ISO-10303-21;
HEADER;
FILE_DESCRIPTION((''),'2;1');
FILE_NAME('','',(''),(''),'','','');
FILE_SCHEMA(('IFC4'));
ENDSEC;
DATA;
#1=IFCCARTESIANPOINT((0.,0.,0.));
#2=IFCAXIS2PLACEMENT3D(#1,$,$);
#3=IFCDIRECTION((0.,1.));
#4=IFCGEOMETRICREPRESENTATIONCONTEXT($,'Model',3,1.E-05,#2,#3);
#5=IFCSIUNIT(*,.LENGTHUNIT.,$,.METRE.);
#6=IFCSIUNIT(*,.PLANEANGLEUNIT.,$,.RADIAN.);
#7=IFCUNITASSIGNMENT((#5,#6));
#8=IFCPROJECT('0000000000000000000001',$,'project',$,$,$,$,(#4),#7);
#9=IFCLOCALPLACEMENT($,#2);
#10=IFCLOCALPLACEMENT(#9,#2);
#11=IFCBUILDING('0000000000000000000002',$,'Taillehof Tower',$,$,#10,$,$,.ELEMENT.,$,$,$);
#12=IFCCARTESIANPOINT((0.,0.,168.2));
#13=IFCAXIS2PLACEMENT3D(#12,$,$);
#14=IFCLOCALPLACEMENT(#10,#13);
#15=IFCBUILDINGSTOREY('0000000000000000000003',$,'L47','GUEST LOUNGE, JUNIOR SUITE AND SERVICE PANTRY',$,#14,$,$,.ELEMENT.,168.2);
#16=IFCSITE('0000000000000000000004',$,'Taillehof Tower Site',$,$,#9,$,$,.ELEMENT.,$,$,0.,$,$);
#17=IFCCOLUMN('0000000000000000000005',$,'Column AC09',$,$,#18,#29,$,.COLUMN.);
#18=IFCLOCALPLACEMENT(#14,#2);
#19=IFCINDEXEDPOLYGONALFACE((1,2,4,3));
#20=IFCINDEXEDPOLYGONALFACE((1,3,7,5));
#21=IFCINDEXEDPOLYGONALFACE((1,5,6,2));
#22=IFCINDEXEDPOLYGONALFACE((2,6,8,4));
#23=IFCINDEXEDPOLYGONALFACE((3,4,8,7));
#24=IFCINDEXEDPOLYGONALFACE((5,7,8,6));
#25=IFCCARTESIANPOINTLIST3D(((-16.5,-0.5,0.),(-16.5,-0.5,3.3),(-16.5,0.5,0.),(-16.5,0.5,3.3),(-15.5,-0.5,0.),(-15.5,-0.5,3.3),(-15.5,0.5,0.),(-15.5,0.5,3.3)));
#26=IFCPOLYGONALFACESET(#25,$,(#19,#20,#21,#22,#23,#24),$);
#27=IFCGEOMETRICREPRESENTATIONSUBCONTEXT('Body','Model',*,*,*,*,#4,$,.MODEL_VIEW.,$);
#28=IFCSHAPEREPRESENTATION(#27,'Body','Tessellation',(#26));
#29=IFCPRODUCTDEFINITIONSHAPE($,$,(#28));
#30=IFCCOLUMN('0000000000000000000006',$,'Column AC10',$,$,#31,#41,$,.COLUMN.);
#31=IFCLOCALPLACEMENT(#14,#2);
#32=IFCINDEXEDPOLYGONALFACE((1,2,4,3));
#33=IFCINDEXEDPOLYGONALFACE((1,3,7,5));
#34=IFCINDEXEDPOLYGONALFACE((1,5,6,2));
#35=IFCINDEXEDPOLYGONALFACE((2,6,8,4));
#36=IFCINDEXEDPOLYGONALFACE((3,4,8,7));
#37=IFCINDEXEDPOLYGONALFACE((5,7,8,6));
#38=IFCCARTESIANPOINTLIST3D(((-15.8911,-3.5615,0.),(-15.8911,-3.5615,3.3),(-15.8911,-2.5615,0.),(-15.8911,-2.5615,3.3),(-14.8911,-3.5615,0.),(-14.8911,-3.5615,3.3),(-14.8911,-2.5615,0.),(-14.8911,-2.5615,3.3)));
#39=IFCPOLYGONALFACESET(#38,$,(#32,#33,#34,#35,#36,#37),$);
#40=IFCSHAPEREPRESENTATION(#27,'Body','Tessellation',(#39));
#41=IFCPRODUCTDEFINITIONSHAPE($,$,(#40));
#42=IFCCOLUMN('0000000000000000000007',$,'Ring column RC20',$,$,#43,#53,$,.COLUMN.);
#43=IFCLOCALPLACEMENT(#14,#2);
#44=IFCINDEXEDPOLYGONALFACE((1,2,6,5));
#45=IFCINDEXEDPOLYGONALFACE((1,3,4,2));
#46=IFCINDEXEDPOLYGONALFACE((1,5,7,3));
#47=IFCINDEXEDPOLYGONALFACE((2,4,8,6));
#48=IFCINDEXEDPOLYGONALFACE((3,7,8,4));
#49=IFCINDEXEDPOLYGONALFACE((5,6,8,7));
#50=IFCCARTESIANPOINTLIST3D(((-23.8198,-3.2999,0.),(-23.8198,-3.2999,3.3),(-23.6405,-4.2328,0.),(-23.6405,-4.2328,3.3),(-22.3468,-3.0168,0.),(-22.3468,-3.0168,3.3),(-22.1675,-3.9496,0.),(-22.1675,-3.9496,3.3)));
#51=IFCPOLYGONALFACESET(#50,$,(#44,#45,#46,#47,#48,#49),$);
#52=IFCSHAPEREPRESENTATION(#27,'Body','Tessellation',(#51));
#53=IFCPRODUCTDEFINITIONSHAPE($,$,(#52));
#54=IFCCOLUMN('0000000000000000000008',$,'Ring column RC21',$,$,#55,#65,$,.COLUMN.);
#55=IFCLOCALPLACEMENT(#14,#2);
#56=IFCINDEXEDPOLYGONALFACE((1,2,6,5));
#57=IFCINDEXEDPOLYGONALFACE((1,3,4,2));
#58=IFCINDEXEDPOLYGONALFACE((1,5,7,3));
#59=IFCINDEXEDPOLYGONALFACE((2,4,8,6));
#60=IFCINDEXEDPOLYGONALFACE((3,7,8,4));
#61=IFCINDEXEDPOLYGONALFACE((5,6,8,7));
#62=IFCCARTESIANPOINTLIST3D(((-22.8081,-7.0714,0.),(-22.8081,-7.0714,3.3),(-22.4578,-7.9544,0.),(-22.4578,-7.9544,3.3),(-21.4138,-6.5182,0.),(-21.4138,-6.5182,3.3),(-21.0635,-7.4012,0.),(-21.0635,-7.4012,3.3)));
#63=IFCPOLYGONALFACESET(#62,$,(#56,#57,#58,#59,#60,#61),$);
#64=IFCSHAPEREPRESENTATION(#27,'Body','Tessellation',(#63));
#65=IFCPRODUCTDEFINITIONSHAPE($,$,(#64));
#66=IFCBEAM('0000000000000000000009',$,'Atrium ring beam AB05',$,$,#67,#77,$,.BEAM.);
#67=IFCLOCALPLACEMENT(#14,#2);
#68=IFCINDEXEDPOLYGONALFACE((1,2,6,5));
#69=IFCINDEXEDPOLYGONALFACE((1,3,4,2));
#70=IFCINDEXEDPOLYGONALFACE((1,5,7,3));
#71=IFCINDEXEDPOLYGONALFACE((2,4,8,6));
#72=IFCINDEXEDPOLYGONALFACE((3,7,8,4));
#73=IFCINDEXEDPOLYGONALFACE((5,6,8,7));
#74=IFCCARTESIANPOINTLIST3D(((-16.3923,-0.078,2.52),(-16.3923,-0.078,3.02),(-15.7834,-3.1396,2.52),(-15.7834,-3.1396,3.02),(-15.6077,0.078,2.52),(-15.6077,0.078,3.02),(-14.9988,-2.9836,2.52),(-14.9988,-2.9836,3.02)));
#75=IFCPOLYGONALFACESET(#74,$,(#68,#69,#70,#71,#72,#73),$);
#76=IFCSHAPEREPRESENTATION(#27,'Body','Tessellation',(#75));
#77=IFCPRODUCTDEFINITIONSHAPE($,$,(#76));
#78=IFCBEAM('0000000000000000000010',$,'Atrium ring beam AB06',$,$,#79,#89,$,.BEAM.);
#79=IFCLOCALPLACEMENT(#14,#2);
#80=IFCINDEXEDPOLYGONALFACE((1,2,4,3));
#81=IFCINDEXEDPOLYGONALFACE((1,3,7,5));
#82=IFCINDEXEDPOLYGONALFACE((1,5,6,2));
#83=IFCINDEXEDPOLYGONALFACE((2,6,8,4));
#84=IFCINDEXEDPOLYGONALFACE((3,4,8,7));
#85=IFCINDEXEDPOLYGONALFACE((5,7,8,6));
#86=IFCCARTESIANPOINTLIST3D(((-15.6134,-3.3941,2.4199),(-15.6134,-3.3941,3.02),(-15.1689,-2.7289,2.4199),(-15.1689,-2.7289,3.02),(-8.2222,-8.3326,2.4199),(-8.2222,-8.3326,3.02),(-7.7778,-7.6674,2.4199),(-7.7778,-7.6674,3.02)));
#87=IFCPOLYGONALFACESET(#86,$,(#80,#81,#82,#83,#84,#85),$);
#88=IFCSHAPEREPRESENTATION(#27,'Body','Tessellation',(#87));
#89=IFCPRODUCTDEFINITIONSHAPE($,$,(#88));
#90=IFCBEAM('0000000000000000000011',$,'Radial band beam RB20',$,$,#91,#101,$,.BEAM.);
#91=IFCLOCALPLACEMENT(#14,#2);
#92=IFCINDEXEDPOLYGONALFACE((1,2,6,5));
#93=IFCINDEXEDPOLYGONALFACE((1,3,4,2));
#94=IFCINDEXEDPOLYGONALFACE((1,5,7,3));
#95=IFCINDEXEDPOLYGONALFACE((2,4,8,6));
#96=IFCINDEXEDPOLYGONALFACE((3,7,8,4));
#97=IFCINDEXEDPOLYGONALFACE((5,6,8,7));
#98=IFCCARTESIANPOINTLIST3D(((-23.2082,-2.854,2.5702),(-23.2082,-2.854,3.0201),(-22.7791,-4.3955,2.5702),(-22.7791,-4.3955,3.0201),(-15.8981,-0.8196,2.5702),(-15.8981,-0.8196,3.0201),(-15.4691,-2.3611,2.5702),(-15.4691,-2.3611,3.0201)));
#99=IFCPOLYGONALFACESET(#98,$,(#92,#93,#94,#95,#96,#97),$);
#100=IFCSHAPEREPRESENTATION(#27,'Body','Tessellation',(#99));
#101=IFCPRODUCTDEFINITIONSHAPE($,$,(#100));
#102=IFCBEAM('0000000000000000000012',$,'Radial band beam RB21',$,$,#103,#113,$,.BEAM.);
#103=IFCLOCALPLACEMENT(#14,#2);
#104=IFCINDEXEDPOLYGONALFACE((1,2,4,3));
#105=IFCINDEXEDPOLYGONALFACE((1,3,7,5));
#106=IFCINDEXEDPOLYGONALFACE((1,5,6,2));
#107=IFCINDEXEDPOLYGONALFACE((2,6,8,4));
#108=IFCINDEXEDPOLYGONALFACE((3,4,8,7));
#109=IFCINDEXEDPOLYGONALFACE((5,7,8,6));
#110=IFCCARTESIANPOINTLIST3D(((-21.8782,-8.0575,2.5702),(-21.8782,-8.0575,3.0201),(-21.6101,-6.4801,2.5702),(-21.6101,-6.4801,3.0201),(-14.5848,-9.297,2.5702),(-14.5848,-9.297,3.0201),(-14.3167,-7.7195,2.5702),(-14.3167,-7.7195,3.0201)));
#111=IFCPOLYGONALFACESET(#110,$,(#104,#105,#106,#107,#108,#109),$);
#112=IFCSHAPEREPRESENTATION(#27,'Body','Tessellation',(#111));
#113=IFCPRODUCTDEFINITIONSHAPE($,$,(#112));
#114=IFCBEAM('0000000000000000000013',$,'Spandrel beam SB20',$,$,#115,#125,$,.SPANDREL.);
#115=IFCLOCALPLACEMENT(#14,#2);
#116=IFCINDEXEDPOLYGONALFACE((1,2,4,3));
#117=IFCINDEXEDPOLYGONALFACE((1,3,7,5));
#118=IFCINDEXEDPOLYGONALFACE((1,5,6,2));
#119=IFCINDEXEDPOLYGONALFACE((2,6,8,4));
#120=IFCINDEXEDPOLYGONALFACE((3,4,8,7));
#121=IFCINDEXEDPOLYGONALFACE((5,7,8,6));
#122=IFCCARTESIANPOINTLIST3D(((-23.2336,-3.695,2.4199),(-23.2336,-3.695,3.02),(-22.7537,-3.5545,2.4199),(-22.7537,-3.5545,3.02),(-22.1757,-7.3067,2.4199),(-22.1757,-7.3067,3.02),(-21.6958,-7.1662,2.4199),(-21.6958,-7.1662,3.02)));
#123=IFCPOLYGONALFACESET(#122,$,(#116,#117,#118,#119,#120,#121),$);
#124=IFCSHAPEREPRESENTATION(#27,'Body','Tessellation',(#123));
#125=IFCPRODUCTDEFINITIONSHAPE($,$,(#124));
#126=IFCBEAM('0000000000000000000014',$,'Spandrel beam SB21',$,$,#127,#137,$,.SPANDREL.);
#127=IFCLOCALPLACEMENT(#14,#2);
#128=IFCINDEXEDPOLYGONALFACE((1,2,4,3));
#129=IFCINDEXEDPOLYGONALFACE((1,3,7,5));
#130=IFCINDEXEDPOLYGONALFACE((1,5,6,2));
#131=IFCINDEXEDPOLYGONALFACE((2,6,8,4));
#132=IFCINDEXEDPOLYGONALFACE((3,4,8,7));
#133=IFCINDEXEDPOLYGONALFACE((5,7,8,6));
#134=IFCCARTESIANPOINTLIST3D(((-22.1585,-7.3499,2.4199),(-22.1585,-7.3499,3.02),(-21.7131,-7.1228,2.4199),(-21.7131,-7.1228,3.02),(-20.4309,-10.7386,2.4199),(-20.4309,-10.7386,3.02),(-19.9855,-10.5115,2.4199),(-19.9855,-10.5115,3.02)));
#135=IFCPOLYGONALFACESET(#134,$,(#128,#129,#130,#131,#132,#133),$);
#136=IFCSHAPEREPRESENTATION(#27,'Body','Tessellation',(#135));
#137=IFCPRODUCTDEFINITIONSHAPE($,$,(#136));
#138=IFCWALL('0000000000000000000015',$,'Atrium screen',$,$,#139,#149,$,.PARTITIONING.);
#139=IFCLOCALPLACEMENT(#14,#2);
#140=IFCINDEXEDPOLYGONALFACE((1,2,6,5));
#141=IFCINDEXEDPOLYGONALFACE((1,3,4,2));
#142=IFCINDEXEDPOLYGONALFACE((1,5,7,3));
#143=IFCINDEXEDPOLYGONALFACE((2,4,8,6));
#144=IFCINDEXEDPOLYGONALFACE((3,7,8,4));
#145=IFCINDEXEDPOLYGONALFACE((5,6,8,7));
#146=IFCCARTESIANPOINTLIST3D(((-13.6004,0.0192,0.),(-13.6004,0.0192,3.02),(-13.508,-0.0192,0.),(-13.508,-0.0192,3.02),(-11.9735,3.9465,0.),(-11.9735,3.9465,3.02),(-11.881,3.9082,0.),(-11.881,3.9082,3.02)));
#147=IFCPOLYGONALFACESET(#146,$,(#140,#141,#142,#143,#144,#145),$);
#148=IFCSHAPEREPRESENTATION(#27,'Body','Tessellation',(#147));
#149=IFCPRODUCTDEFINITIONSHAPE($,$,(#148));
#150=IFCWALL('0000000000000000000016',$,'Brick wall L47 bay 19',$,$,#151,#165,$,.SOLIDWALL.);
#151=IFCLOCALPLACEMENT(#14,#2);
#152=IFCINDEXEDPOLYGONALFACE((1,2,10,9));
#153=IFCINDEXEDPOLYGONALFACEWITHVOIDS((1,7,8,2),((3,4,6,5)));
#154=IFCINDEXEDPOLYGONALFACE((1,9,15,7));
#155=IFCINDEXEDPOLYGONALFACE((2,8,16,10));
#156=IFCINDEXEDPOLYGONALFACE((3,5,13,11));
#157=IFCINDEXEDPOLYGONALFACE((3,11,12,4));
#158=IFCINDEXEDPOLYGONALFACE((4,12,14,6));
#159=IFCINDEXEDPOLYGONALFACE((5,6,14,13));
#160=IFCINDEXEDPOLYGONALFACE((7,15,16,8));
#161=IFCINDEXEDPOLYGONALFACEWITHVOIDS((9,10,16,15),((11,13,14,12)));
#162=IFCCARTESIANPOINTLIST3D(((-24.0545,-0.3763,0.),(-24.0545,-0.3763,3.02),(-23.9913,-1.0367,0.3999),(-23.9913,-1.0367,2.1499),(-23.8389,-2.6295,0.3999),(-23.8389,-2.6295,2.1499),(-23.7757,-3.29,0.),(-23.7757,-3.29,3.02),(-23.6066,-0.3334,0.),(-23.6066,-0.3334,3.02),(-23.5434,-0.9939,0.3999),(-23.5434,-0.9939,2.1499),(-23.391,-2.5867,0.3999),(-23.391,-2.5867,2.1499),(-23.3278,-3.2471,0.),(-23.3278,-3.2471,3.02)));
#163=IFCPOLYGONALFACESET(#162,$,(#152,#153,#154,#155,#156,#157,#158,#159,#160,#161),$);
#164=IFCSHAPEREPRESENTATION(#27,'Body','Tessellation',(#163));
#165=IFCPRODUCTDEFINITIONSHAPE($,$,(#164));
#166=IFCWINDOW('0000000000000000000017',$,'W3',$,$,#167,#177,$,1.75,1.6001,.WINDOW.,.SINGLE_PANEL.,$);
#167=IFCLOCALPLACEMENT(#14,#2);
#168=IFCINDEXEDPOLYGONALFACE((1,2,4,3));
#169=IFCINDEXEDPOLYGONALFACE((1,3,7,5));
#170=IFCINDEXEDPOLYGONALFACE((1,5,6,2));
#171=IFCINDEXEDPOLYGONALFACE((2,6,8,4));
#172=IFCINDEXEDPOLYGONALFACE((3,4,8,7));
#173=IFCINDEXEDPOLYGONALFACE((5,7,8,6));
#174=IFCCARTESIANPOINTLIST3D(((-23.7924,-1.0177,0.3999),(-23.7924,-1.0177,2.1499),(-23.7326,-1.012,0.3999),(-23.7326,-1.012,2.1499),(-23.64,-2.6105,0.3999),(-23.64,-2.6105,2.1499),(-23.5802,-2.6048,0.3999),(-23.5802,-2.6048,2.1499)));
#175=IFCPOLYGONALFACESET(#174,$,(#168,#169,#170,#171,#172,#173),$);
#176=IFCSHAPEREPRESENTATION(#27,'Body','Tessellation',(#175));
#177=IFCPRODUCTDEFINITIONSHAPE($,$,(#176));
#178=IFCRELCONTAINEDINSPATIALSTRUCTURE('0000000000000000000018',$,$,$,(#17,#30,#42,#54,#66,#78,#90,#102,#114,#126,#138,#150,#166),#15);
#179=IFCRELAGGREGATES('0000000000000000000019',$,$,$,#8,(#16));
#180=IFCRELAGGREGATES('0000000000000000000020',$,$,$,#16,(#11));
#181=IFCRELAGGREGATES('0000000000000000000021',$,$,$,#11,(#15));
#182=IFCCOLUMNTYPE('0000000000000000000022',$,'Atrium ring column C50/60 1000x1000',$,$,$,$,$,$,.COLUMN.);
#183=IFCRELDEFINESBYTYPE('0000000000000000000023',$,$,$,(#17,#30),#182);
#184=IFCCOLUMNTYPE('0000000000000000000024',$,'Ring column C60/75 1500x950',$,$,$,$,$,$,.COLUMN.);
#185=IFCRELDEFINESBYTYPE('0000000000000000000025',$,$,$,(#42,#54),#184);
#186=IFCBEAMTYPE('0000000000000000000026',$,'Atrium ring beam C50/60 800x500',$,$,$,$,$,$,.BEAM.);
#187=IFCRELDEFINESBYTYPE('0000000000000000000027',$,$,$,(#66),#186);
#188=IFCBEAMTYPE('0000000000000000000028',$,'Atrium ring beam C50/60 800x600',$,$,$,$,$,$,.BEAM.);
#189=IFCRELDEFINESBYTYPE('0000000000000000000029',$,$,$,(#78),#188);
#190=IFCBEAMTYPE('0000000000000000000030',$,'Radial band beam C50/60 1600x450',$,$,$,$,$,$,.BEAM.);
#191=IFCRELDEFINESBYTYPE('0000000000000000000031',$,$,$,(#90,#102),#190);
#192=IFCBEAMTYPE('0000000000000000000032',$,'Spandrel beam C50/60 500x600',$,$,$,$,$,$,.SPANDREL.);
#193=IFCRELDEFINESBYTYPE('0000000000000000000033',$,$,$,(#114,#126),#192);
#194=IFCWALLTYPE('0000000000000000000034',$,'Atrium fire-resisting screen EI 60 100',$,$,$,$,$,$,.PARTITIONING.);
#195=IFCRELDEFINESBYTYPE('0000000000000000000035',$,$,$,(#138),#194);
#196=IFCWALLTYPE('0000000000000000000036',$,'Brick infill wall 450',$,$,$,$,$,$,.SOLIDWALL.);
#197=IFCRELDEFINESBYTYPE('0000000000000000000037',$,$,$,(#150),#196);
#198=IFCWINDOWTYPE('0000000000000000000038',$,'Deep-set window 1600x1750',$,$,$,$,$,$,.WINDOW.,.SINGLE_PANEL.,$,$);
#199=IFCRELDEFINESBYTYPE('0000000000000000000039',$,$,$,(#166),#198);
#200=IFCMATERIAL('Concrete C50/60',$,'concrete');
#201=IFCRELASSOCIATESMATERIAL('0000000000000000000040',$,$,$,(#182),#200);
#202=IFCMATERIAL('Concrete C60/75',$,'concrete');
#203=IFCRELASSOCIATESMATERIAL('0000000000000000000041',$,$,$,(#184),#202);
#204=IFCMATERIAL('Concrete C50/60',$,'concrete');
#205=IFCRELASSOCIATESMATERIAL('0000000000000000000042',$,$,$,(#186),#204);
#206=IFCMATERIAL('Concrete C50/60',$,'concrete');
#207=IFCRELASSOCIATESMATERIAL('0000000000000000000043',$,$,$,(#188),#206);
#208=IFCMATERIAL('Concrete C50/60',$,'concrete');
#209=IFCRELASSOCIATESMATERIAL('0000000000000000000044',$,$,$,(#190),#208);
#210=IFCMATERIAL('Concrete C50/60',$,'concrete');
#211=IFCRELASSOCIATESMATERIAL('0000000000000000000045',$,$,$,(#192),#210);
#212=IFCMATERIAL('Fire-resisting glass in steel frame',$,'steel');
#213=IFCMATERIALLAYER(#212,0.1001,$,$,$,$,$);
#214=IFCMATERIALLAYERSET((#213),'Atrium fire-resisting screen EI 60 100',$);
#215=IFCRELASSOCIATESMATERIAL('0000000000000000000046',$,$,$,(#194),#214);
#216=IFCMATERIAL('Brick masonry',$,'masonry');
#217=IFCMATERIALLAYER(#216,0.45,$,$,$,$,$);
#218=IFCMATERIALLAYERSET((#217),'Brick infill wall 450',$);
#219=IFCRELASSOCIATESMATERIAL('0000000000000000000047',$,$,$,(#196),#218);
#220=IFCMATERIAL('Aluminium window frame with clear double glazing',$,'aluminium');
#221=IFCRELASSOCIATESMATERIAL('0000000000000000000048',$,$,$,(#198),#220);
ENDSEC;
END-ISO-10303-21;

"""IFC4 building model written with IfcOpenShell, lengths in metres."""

from ifc_helpers import new_model, si_unit, direction, frame, frame_2d, origin, origin_2d, place, context, subcontext, project, spatial, rectangle, extrude, material, layer, layer_set, material_profile, profile_set, type_object, element, fill, save


model = new_model("IFC4")

# Units and contexts
model_context = context("Model", 3, precision=1e-05, world=origin(), true_north=direction((0.0, 1.0)))
body_context = subcontext(model_context, "Body", "Model", "MODEL_VIEW")
ifc_project = project(units=[si_unit("LENGTHUNIT", "METRE"), si_unit("PLANEANGLEUNIT", "RADIAN")], contexts=[model_context])

# Site, building, storey
site_placement = place(None, origin())
site = spatial("IfcSite", under=ifc_project, at=site_placement, Name="Taillehof Tower Site", CompositionType="ELEMENT", RefElevation=0.0)
building_placement = place(site_placement, origin())
building = spatial("IfcBuilding", under=site, at=building_placement, Name="Taillehof Tower", CompositionType="ELEMENT")
storey_placement = place(building_placement, frame((0.0, 0.0, 168.2)))
storey = spatial("IfcBuildingStorey", under=building, at=storey_placement, Name="L47", Description="GUEST LOUNGE, JUNIOR SUITE AND SERVICE PANTRY", CompositionType="ELEMENT", Elevation=168.2)

# Columns
ifc_material_1 = material(Name="Concrete C50/60", Category="concrete")
ifc_material_profile_1 = material_profile(ifc_material_1, rectangle(XDim=1.0, YDim=1.0, at=origin_2d()), Name="RC 1000x1000")
ifc_profile_set_1 = profile_set([ifc_material_profile_1], Name="Concrete C50/60")
column_type_1 = type_object("IfcColumnType", Name="Atrium ring column C50/60 1000x1000", PredefinedType="COLUMN", material=ifc_profile_set_1)
for number, where, z_axis, x_axis, name in (
    (1, (-16.0, 0.0, 0.0), (0.0, 0.0, 1.0), (1.0, 0.0, 0.0), "Column AC09"),
    (2, (-15.3911, -3.0615, 0.0), (0.0, 0.0, 1.0), (1.0, 0.0, 0.0), "Column AC10"),
):
    element("IfcColumn", number, at=place(storey_placement, frame(where, z_axis=z_axis, x_axis=x_axis)), inside=storey, type_object=column_type_1, Name=name, PredefinedType="COLUMN", context=body_context, shape_type="SweptSolid", body=[
        extrude(rectangle(XDim=1.0, YDim=1.0, at=origin_2d()), origin(), (0.0, 0.0, 1.0), 3.3),
    ])
ifc_material_2 = material(Name="Concrete C60/75", Category="concrete")
ifc_material_profile_2 = material_profile(ifc_material_2, rectangle(XDim=1.5, YDim=0.95, at=origin_2d()), Name="RC 1500x950")
ifc_profile_set_2 = profile_set([ifc_material_profile_2], Name="Concrete C60/75")
column_type_2 = type_object("IfcColumnType", Name="Ring column C60/75 1500x950", PredefinedType="COLUMN", material=ifc_profile_set_2)
for number, where, z_axis, x_axis, name in (
    (3, (-22.9937, -3.6248, 0.0), (0.0, 0.0, 1.0), (-0.982024, -0.188757, 0.0), "Ring column RC20"),
    (4, (-21.9358, -7.2363, 0.0), (0.0, 0.0, 1.0), (-0.929511, -0.368793, 0.0), "Ring column RC21"),
):
    element("IfcColumn", number, at=place(storey_placement, frame(where, z_axis=z_axis, x_axis=x_axis)), inside=storey, type_object=column_type_2, Name=name, PredefinedType="COLUMN", context=body_context, shape_type="SweptSolid", body=[
        extrude(rectangle(XDim=1.5, YDim=0.95, at=origin_2d()), origin(), (0.0, 0.0, 1.0), 3.3),
    ])

# Beams
ifc_material_3 = material(Name="Concrete C50/60", Category="concrete")
ifc_material_profile_3 = material_profile(ifc_material_3, rectangle(XDim=0.8, YDim=0.5, at=origin_2d()), Name="RC 800x500")
ifc_profile_set_3 = profile_set([ifc_material_profile_3], Name="Concrete C50/60")
beam_type_1 = type_object("IfcBeamType", Name="Atrium ring beam C50/60 800x500", PredefinedType="BEAM", material=ifc_profile_set_3)
beam_1_placement = place(storey_placement, frame((-16.0, 0.0, 2.77), z_axis=(0.195063, -0.980791, 0.0), x_axis=(0.980791, 0.195063, 0.0)))
element("IfcBeam", 5, at=beam_1_placement, inside=storey, type_object=beam_type_1, Name="Atrium ring beam AB05", PredefinedType="BEAM", context=body_context, shape_type="SweptSolid", body=[
    extrude(rectangle(XDim=0.8, YDim=0.5, at=origin_2d()), origin(), (0.0, 0.0, 1.0), 3.1216),
])
ifc_material_4 = material(Name="Concrete C50/60", Category="concrete")
ifc_material_profile_4 = material_profile(ifc_material_4, rectangle(XDim=0.8, YDim=0.6001, at=origin_2d()), Name="RC 800x600")
ifc_profile_set_4 = profile_set([ifc_material_profile_4], Name="Concrete C50/60")
beam_type_2 = type_object("IfcBeamType", Name="Atrium ring beam C50/60 800x600", PredefinedType="BEAM", material=ifc_profile_set_4)
beam_2_placement = place(storey_placement, frame((-15.3911, -3.0615, 2.72), z_axis=(0.831475, -0.555562, 0.0), x_axis=(0.555562, 0.831475, 0.0)))
element("IfcBeam", 6, at=beam_2_placement, inside=storey, type_object=beam_type_2, Name="Atrium ring beam AB06", PredefinedType="BEAM", context=body_context, shape_type="SweptSolid", body=[
    extrude(rectangle(XDim=0.8, YDim=0.6001, at=origin_2d()), origin(), (0.0, 0.0, 1.0), 8.8892),
])
ifc_material_5 = material(Name="Concrete C50/60", Category="concrete")
ifc_material_profile_5 = material_profile(ifc_material_5, rectangle(XDim=1.6001, YDim=0.45, at=origin_2d()), Name="RC 1600x450")
ifc_profile_set_5 = profile_set([ifc_material_profile_5], Name="Concrete C50/60")
beam_type_3 = type_object("IfcBeamType", Name="Radial band beam C50/60 1600x450", PredefinedType="BEAM", material=ifc_profile_set_5)
beam_3_placement = place(storey_placement, frame((-22.9937, -3.6248, 2.7952), z_axis=(0.963387, 0.268115, 0.0), x_axis=(-0.268115, 0.963387, 0.0)))
element("IfcBeam", 7, at=beam_3_placement, inside=storey, type_object=beam_type_3, Name="Radial band beam RB20", PredefinedType="BEAM", context=body_context, shape_type="SweptSolid", body=[
    extrude(rectangle(XDim=1.6001, YDim=0.45, at=origin_2d()), origin(), (0.0, 0.0, 1.0), 7.5879),
])
beam_4_placement = place(storey_placement, frame((-21.7441, -7.2688, 2.7952), z_axis=(0.985864, -0.167545, 0.0), x_axis=(0.167545, 0.985864, 0.0)))
element("IfcBeam", 8, at=beam_4_placement, inside=storey, type_object=beam_type_3, Name="Radial band beam RB21", PredefinedType="BEAM", context=body_context, shape_type="SweptSolid", body=[
    extrude(rectangle(XDim=1.6001, YDim=0.45, at=origin_2d()), origin(), (0.0, 0.0, 1.0), 7.3979),
])
ifc_material_6 = material(Name="Concrete C50/60", Category="concrete")
ifc_material_profile_6 = material_profile(ifc_material_6, rectangle(XDim=0.5, YDim=0.6001, at=origin_2d()), Name="RC 500x600")
ifc_profile_set_6 = profile_set([ifc_material_profile_6], Name="Concrete C50/60")
beam_type_4 = type_object("IfcBeamType", Name="Spandrel beam C50/60 500x600", PredefinedType="SPANDREL", material=ifc_profile_set_6)
beam_5_placement = place(storey_placement, frame((-22.9937, -3.6248, 2.72), z_axis=(0.281098, -0.959679, 0.0), x_axis=(0.959679, 0.281098, 0.0)))
element("IfcBeam", 9, at=beam_5_placement, inside=storey, type_object=beam_type_4, Name="Spandrel beam SB20", PredefinedType="SPANDREL", context=body_context, shape_type="SweptSolid", body=[
    extrude(rectangle(XDim=0.5, YDim=0.6001, at=origin_2d()), origin(), (0.0, 0.0, 1.0), 3.7634),
])
beam_6_placement = place(storey_placement, frame((-21.9358, -7.2363, 2.72), z_axis=(0.454183, -0.890908, 0.0), x_axis=(0.890908, 0.454183, 0.0)))
element("IfcBeam", 10, at=beam_6_placement, inside=storey, type_object=beam_type_4, Name="Spandrel beam SB21", PredefinedType="SPANDREL", context=body_context, shape_type="SweptSolid", body=[
    extrude(rectangle(XDim=0.5, YDim=0.6001, at=origin_2d()), origin(), (0.0, 0.0, 1.0), 3.8037),
])

# Wall
ifc_material_7 = material(Name="Fire-resisting glass in steel frame", Category="steel")
ifc_layer_1 = layer(ifc_material_7, 0.1001)
ifc_layer_set_1 = layer_set([ifc_layer_1], Name="Atrium fire-resisting screen EI 60 100")
wall_type_1 = type_object("IfcWallType", Name="Atrium fire-resisting screen EI 60 100", PredefinedType="PARTITIONING", material=ifc_layer_set_1)
wall_1_placement = place(storey_placement, frame((-13.5542, 0.0, 0.0), z_axis=(0.0, 0.0, 1.0), x_axis=(0.382731, 0.92386, 0.0)))
element("IfcWall", 11, at=wall_1_placement, inside=storey, type_object=wall_type_1, Name="Atrium screen", PredefinedType="PARTITIONING", context=body_context, shape_type="SweptSolid", body=[
    extrude(rectangle(XDim=4.251, YDim=0.1001, at=frame_2d((2.1255, 0.0))), origin(), (0.0, 0.0, 1.0), 3.02),
])

# Wall, opening, window
ifc_material_8 = material(Name="Brick masonry", Category="masonry")
ifc_layer_2 = layer(ifc_material_8, 0.45)
ifc_layer_set_2 = layer_set([ifc_layer_2], Name="Brick infill wall 450")
wall_type_2 = type_object("IfcWallType", Name="Brick infill wall 450", PredefinedType="SOLIDWALL", material=ifc_layer_set_2)
wall_2_placement = place(storey_placement, frame((-23.8306, -0.355, 0.0), z_axis=(0.0, 0.0, 1.0), x_axis=(0.095258, -0.995453, 0.0)))
wall_2 = element("IfcWall", 12, at=wall_2_placement, inside=storey, type_object=wall_type_2, Name="Brick wall L47 bay 19", PredefinedType="SOLIDWALL", context=body_context, shape_type="SweptSolid", body=[
    extrude(rectangle(XDim=2.927, YDim=0.45, at=frame_2d((1.4634, 0.0))), origin(), (0.0, 0.0, 1.0), 3.02),
])
opening_1_placement = place(wall_2_placement, frame((0.6633, 0.0, 0.3999)))
opening_1 = element("IfcOpeningElement", 13, at=opening_1_placement, cuts=wall_2, PredefinedType="OPENING", context=body_context, shape_type="SweptSolid", body=[
    extrude(rectangle(XDim=1.6001, YDim=1.75, at=frame_2d((0.8, 0.875))), frame((0.0, 0.2349, 0.0), z_axis=(0.0, -1.0, 0.0), x_axis=(1.0, 0.0, 0.0)), (0.0, 0.0, 1.0), 0.47),
])
ifc_material_9 = material(Name="Aluminium window frame with clear double glazing", Category="aluminium")
window_type = type_object("IfcWindowType", Name="Deep-set window 1600x1750", PartitioningType="SINGLE_PANEL", PredefinedType="WINDOW", material=ifc_material_9)
window_1_placement = place(opening_1_placement, origin())
window_1 = element("IfcWindow", 14, at=window_1_placement, inside=storey, type_object=window_type, Name="W3", OverallHeight=1.75, OverallWidth=1.6001, PartitioningType="SINGLE_PANEL", PredefinedType="WINDOW", context=body_context, shape_type="SweptSolid", body=[
    extrude(rectangle(XDim=1.6001, YDim=1.75, at=frame_2d((0.8, 0.875))), frame((0.0, 0.0349, 0.0), z_axis=(0.0, -1.0, 0.0), x_axis=(1.0, 0.0, 0.0)), (0.0, 0.0, 1.0), 0.0601),
])
fill(opening_1, window_1)

save(model, "model.ifc")
